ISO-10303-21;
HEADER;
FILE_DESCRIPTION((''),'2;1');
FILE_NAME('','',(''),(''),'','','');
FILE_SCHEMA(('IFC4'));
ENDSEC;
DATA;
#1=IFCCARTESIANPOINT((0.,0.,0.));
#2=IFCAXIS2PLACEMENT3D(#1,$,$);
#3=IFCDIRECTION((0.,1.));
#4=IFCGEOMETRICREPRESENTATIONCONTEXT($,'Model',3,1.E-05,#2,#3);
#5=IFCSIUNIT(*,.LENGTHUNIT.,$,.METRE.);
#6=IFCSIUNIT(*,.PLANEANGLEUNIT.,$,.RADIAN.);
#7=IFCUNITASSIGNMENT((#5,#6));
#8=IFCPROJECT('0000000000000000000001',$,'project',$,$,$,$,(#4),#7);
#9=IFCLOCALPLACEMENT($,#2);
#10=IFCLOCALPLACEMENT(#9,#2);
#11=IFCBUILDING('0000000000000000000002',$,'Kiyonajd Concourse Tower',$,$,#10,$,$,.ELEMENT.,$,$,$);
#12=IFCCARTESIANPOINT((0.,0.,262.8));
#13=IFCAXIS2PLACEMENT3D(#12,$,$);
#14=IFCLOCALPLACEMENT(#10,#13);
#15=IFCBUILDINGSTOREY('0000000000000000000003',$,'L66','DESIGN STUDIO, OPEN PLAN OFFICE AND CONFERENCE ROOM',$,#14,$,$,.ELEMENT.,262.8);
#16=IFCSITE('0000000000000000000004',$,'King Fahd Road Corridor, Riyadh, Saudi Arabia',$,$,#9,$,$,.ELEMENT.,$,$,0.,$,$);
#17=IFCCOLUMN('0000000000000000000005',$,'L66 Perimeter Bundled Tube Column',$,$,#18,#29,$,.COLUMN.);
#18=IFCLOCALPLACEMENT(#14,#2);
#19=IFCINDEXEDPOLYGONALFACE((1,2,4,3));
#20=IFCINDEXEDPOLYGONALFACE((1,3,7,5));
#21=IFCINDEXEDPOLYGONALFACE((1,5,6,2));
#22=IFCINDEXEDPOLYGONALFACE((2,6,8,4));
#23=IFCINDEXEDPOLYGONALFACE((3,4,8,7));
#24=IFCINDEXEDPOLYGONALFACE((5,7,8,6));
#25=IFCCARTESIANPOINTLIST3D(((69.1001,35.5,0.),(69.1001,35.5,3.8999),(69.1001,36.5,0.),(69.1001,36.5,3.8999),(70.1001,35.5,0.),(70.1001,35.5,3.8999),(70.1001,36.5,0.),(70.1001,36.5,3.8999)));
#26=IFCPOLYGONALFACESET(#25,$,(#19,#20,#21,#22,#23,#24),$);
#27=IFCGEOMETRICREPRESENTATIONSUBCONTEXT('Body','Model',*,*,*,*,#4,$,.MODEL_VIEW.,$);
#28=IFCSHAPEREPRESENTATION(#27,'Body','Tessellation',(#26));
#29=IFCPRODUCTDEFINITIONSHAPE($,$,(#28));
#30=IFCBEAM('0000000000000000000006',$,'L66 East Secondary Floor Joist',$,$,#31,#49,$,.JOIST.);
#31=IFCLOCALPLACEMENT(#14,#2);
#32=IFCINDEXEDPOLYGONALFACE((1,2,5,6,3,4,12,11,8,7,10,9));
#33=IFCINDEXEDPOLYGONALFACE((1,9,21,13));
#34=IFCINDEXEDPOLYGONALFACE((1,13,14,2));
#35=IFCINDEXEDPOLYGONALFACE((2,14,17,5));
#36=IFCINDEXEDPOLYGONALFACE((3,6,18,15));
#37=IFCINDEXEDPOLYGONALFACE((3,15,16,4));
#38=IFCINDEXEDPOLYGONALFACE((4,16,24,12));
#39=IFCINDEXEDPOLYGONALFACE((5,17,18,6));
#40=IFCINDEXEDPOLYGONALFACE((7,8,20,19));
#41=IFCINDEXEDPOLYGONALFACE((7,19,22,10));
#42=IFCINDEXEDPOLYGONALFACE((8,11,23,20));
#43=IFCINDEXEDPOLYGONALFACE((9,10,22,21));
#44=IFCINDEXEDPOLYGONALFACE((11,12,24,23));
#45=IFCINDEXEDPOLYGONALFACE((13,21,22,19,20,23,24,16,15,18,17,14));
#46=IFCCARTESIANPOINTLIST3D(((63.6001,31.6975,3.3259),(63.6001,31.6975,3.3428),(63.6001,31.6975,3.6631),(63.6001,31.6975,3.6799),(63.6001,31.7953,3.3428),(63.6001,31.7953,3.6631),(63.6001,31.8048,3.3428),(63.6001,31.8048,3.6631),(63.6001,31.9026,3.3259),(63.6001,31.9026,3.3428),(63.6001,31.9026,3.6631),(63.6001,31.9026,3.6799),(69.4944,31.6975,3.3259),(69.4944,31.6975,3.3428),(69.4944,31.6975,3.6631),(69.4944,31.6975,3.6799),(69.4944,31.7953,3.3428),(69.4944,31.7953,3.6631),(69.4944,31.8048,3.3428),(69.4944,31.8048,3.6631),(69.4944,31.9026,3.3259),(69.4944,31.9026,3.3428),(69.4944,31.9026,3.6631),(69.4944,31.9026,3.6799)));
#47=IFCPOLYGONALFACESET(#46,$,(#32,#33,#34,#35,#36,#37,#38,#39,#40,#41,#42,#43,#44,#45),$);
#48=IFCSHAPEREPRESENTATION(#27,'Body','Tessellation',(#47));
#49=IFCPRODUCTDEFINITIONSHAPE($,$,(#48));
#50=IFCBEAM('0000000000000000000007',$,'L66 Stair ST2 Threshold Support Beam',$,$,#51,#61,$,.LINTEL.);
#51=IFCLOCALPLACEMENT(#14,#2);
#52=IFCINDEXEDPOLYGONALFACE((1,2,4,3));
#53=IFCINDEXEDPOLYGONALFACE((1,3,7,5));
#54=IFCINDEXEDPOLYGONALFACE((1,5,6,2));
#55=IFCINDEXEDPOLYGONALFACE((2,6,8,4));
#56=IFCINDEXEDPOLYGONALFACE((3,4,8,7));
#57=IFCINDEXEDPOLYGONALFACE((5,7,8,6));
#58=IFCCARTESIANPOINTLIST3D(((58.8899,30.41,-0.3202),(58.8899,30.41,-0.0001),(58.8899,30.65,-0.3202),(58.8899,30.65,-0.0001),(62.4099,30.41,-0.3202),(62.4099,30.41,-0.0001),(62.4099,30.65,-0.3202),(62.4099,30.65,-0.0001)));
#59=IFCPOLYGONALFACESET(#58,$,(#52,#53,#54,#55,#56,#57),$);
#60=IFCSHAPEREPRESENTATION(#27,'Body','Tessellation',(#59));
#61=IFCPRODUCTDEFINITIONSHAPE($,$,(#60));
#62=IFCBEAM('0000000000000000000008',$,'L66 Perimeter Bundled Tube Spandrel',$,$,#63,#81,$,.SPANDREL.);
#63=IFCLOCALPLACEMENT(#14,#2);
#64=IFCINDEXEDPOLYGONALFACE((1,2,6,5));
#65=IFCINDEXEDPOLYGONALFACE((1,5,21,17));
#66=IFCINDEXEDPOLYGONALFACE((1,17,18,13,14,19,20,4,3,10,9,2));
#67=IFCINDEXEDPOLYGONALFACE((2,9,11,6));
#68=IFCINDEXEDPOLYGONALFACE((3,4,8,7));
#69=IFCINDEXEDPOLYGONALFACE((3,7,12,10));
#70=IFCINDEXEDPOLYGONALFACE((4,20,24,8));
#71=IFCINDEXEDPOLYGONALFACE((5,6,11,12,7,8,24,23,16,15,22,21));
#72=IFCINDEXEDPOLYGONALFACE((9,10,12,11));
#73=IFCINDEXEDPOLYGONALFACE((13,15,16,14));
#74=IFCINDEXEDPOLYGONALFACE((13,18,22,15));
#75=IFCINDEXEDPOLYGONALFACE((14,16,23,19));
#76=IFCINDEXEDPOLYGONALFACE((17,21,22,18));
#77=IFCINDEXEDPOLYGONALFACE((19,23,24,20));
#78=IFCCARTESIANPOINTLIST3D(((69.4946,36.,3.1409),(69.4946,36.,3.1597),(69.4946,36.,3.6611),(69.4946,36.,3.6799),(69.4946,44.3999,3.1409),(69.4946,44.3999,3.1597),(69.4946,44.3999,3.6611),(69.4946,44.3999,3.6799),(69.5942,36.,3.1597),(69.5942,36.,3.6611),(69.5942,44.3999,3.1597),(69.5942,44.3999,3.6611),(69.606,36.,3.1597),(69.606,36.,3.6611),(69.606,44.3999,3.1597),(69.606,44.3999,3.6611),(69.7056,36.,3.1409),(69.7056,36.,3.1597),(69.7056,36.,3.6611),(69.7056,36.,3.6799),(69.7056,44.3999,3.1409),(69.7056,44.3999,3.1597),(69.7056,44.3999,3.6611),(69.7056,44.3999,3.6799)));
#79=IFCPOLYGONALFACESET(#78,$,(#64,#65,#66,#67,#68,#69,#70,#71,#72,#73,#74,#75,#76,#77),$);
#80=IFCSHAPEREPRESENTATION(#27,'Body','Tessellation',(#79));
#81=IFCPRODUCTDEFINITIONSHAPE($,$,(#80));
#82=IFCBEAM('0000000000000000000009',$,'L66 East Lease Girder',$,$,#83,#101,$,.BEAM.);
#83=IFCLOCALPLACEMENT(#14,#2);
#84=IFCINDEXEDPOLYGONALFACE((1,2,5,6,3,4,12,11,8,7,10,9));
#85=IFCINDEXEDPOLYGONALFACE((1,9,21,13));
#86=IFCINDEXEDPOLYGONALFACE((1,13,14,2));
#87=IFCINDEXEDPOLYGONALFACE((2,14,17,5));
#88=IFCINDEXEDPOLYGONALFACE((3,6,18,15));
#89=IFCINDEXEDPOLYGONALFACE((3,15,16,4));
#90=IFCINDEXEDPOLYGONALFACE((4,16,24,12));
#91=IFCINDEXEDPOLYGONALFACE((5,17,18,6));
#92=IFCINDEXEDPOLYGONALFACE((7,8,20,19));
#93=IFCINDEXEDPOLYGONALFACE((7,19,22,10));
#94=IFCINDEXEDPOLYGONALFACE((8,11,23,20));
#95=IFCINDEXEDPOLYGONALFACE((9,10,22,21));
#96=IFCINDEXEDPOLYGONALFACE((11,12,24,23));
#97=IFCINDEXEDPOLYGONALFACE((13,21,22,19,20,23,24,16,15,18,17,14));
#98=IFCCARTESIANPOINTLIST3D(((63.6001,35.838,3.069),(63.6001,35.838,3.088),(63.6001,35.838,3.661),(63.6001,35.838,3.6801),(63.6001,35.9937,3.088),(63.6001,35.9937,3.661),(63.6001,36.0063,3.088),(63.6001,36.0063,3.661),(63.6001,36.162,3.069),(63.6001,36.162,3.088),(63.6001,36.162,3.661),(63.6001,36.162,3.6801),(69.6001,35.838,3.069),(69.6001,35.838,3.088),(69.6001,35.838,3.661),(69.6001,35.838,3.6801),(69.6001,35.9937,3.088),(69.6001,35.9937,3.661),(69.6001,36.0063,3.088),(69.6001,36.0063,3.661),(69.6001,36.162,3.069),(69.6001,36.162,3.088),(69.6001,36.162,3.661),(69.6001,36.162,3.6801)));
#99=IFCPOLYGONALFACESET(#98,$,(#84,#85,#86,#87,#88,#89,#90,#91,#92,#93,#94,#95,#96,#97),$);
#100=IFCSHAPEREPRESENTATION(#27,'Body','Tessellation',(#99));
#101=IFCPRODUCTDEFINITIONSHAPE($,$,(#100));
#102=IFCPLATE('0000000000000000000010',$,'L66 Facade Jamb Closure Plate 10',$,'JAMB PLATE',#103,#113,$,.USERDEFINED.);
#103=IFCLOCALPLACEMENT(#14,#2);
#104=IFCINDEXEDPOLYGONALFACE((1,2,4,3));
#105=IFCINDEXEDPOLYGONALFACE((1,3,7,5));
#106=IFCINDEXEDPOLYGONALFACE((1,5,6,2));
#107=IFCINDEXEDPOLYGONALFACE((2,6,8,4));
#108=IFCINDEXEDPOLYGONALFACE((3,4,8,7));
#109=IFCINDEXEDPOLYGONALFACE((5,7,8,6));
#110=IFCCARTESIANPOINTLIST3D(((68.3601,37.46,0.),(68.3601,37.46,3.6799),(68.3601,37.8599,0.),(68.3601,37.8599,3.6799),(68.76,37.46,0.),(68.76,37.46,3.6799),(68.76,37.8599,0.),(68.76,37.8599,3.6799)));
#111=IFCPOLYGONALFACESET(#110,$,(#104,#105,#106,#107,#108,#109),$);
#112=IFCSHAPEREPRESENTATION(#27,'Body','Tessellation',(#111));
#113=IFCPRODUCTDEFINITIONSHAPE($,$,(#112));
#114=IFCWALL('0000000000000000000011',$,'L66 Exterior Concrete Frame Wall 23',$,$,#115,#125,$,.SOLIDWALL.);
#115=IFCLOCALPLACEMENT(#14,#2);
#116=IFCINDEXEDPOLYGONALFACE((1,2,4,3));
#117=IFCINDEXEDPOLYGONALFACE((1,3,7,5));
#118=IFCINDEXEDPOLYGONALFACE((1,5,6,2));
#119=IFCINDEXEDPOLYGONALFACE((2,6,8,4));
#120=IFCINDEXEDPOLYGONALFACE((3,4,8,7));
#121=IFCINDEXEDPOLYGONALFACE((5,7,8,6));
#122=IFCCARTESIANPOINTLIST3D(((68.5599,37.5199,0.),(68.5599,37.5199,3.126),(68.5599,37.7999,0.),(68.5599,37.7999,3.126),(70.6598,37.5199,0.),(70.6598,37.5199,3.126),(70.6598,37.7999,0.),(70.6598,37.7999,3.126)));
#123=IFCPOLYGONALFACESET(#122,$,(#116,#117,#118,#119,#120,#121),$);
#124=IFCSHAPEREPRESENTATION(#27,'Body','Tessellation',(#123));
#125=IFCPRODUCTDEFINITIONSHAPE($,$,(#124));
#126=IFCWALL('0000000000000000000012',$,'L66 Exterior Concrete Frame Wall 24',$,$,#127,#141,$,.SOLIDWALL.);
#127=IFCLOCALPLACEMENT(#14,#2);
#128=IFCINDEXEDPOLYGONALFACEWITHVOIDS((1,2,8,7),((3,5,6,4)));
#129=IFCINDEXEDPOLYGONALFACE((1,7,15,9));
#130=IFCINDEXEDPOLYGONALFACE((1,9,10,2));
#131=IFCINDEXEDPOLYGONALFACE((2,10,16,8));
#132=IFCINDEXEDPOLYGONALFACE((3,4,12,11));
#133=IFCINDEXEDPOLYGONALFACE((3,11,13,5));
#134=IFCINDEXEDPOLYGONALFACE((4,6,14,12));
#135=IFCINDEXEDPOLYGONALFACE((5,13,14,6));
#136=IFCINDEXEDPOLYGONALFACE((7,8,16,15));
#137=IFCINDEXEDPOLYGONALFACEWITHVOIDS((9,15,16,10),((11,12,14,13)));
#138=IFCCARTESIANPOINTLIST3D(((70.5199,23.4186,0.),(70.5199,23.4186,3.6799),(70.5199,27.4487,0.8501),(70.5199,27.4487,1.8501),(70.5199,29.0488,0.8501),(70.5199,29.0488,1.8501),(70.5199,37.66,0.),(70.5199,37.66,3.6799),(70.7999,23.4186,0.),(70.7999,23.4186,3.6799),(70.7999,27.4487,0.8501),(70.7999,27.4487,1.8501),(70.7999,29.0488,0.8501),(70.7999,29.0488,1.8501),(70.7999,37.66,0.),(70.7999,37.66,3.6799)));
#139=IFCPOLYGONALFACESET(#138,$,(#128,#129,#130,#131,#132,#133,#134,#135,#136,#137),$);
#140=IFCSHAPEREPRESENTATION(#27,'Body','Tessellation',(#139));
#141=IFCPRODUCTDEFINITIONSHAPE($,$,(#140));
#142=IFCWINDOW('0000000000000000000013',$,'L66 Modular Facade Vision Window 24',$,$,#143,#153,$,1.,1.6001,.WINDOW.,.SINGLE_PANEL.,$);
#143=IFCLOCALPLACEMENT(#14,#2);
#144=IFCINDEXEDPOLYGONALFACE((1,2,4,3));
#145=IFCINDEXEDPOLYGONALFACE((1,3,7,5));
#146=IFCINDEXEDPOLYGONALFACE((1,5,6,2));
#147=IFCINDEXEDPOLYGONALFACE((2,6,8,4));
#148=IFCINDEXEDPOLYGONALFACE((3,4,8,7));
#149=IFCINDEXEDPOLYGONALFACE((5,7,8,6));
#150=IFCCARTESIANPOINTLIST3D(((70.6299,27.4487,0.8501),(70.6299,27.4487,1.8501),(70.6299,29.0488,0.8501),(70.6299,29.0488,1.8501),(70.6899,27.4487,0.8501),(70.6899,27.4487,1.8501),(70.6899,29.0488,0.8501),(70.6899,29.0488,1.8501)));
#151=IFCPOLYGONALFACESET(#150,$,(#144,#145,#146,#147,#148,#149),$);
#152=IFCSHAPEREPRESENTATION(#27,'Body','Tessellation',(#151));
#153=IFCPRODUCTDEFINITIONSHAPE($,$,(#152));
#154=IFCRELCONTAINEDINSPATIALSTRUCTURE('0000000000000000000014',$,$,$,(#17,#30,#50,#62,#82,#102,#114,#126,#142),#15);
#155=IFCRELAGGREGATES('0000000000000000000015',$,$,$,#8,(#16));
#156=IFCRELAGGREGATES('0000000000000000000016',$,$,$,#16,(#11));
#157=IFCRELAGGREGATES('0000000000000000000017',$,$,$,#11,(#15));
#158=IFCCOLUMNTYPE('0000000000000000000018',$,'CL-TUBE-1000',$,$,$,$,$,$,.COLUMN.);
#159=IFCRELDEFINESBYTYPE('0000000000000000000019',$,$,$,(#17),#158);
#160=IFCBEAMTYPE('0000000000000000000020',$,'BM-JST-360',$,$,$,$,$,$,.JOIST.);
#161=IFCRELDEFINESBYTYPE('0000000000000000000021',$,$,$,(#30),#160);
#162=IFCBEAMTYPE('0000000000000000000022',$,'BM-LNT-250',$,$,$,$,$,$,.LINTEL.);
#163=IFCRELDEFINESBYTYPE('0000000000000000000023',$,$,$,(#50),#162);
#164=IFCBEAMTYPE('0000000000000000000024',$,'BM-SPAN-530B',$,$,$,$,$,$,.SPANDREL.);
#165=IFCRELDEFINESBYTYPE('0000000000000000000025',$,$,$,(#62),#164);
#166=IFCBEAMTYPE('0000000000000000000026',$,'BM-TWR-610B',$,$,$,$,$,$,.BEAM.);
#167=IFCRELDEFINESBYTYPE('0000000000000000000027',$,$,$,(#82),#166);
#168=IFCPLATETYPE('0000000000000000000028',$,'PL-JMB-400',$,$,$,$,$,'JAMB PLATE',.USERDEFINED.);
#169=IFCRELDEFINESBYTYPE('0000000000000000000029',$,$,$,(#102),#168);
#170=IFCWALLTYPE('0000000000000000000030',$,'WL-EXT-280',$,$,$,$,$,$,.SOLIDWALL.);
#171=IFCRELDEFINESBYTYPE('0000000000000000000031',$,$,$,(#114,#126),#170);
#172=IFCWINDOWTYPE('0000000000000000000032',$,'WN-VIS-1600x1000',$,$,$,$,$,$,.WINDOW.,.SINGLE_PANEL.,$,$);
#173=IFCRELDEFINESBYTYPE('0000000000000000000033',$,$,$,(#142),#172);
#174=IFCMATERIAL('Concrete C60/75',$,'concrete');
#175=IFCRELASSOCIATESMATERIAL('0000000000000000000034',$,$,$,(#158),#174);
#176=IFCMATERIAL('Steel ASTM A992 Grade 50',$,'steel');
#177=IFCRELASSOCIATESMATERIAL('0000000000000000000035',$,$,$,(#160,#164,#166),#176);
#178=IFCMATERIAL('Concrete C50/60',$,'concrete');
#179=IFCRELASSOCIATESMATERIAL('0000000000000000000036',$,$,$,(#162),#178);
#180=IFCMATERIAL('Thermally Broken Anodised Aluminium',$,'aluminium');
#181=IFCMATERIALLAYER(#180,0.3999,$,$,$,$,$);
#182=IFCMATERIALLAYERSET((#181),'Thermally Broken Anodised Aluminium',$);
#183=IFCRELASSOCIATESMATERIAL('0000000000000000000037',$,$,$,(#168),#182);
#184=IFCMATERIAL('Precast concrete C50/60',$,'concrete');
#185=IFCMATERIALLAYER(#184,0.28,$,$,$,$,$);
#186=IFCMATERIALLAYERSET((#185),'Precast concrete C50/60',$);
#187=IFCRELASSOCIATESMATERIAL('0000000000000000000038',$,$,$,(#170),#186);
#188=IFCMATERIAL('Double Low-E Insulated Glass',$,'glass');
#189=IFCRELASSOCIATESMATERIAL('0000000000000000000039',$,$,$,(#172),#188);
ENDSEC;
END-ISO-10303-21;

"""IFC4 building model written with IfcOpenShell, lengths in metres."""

from ifc_helpers import new_model, si_unit, direction, frame, frame_2d, origin, origin_2d, place, context, subcontext, project, spatial, rectangle, i_section, extrude, material, layer, layer_set, material_profile, profile_set, type_object, element, fill, save


model = new_model("IFC4")

# Units and contexts
model_context = context("Model", 3, precision=1e-05, world=origin(), true_north=direction((0.0, 1.0)))
body_context = subcontext(model_context, "Body", "Model", "MODEL_VIEW")
ifc_project = project(units=[si_unit("LENGTHUNIT", "METRE"), si_unit("PLANEANGLEUNIT", "RADIAN")], contexts=[model_context])

# Site, building, storey
site_placement = place(None, origin())
site = spatial("IfcSite", under=ifc_project, at=site_placement, Name="King Fahd Road Corridor, Riyadh, Saudi Arabia", CompositionType="ELEMENT", RefElevation=0.0)
building_placement = place(site_placement, origin())
building = spatial("IfcBuilding", under=site, at=building_placement, Name="Kiyonajd Concourse Tower", CompositionType="ELEMENT")
storey_placement = place(building_placement, frame((0.0, 0.0, 262.8)))
storey = spatial("IfcBuildingStorey", under=building, at=storey_placement, Name="L66", Description="DESIGN STUDIO, OPEN PLAN OFFICE AND CONFERENCE ROOM", CompositionType="ELEMENT", Elevation=262.8)

# Column
ifc_material_1 = material(Name="Concrete C60/75", Category="concrete")
ifc_material_profile_1 = material_profile(ifc_material_1, rectangle(XDim=1.0, YDim=1.0, at=origin_2d()), Name="RC-1000x1000")
ifc_profile_set_1 = profile_set([ifc_material_profile_1], Name="Concrete C60/75")
column_type = type_object("IfcColumnType", Name="CL-TUBE-1000", PredefinedType="COLUMN", material=ifc_profile_set_1)
column_placement = place(storey_placement, frame((69.6001, 36.0, 0.0), z_axis=(0.0, 0.0, 1.0), x_axis=(1.0, 0.0, 0.0)))
element("IfcColumn", 1, at=column_placement, inside=storey, type_object=column_type, Name="L66 Perimeter Bundled Tube Column", PredefinedType="COLUMN", context=body_context, shape_type="SweptSolid", body=[
    extrude(rectangle(XDim=1.0, YDim=1.0, at=origin_2d()), origin(), (0.0, 0.0, 1.0), 3.8999),
])

# Beams
ifc_material_2 = material(Name="Steel ASTM A992 Grade 50", Category="steel")
ifc_material_profile_2 = material_profile(ifc_material_2, i_section(OverallWidth=0.2051, OverallDepth=0.354, WebThickness=0.0095, FlangeThickness=0.0168, at=origin_2d()), Name="W360X79")
ifc_profile_set_2 = profile_set([ifc_material_profile_2], Name="Steel ASTM A992 Grade 50")
beam_type_1 = type_object("IfcBeamType", Name="BM-JST-360", PredefinedType="JOIST", material=ifc_profile_set_2)
beam_1_placement = place(storey_placement, frame((63.6001, 31.8, 3.5029), z_axis=(1.0, 0.0, 0.0), x_axis=(0.0, 1.0, 0.0)))
element("IfcBeam", 2, at=beam_1_placement, inside=storey, type_object=beam_type_1, Name="L66 East Secondary Floor Joist", PredefinedType="JOIST", context=body_context, shape_type="SweptSolid", body=[
    extrude(i_section(OverallWidth=0.2051, OverallDepth=0.354, WebThickness=0.0095, FlangeThickness=0.0168, at=origin_2d()), origin(), (0.0, 0.0, 1.0), 5.8943),
])
ifc_material_3 = material(Name="Concrete C50/60", Category="concrete")
ifc_material_profile_3 = material_profile(ifc_material_3, rectangle(XDim=0.24, YDim=0.3201, at=origin_2d()), Name="RCBM-240x320")
ifc_profile_set_3 = profile_set([ifc_material_profile_3], Name="Concrete C50/60")
beam_type_2 = type_object("IfcBeamType", Name="BM-LNT-250", PredefinedType="LINTEL", material=ifc_profile_set_3)
beam_2_placement = place(storey_placement, frame((58.8899, 30.53, -0.1602), z_axis=(1.0, 0.0, 0.0), x_axis=(0.0, 1.0, 0.0)))
element("IfcBeam", 3, at=beam_2_placement, inside=storey, type_object=beam_type_2, Name="L66 Stair ST2 Threshold Support Beam", PredefinedType="LINTEL", context=body_context, shape_type="SweptSolid", body=[
    extrude(rectangle(XDim=0.24, YDim=0.3201, at=origin_2d()), origin(), (0.0, 0.0, 1.0), 3.52),
])
ifc_material_profile_4 = material_profile(ifc_material_2, i_section(OverallWidth=0.2109, OverallDepth=0.5391, WebThickness=0.0117, FlangeThickness=0.0188, at=origin_2d()), Name="W530X109")
ifc_profile_set_4 = profile_set([ifc_material_profile_4], Name="Steel ASTM A992 Grade 50")
beam_type_3 = type_object("IfcBeamType", Name="BM-SPAN-530B", PredefinedType="SPANDREL", material=ifc_profile_set_4)
beam_3_placement = place(storey_placement, frame((69.6001, 36.0, 3.4104), z_axis=(0.0, 1.0, 0.0), x_axis=(-1.0, 0.0, 0.0)))
element("IfcBeam", 4, at=beam_3_placement, inside=storey, type_object=beam_type_3, Name="L66 Perimeter Bundled Tube Spandrel", PredefinedType="SPANDREL", context=body_context, shape_type="SweptSolid", body=[
    extrude(i_section(OverallWidth=0.2109, OverallDepth=0.5391, WebThickness=0.0117, FlangeThickness=0.0188, at=origin_2d()), origin(), (0.0, 0.0, 1.0), 8.3999),
])
ifc_material_profile_5 = material_profile(ifc_material_2, i_section(OverallWidth=0.324, OverallDepth=0.6111, WebThickness=0.0127, FlangeThickness=0.019, at=origin_2d()), Name="W610X155")
ifc_profile_set_5 = profile_set([ifc_material_profile_5], Name="Steel ASTM A992 Grade 50")
beam_type_4 = type_object("IfcBeamType", Name="BM-TWR-610B", PredefinedType="BEAM", material=ifc_profile_set_5)
beam_4_placement = place(storey_placement, frame((63.6001, 36.0, 3.3745), z_axis=(1.0, 0.0, 0.0), x_axis=(0.0, 1.0, 0.0)))
element("IfcBeam", 5, at=beam_4_placement, inside=storey, type_object=beam_type_4, Name="L66 East Lease Girder", PredefinedType="BEAM", context=body_context, shape_type="SweptSolid", body=[
    extrude(i_section(OverallWidth=0.324, OverallDepth=0.6111, WebThickness=0.0127, FlangeThickness=0.019, at=origin_2d()), origin(), (0.0, 0.0, 1.0), 6.0),
])

# Plate
ifc_material_4 = material(Name="Thermally Broken Anodised Aluminium", Category="aluminium")
ifc_layer_1 = layer(ifc_material_4, 0.3999)
ifc_layer_set_1 = layer_set([ifc_layer_1], Name="Thermally Broken Anodised Aluminium")
plate_type = type_object("IfcPlateType", Name="PL-JMB-400", ElementType="JAMB PLATE", PredefinedType="USERDEFINED", material=ifc_layer_set_1)
plate_placement = place(storey_placement, frame((68.5601, 37.6599, 0.0), z_axis=(0.0, 0.0, 1.0), x_axis=(1.0, 0.0, 0.0)))
element("IfcPlate", 6, at=plate_placement, inside=storey, type_object=plate_type, Name="L66 Facade Jamb Closure Plate 10", ObjectType="JAMB PLATE", PredefinedType="USERDEFINED", context=body_context, shape_type="SweptSolid", body=[
    extrude(rectangle(XDim=0.3999, YDim=0.3999, at=origin_2d()), origin(), (0.0, 0.0, 1.0), 3.6799),
])

# Wall
ifc_material_5 = material(Name="Precast concrete C50/60", Category="concrete")
ifc_layer_2 = layer(ifc_material_5, 0.28)
ifc_layer_set_2 = layer_set([ifc_layer_2], Name="Precast concrete C50/60")
wall_type_1 = type_object("IfcWallType", Name="WL-EXT-280", PredefinedType="SOLIDWALL", material=ifc_layer_set_2)
wall_1_placement = place(storey_placement, frame((68.5601, 37.6599, 0.0), z_axis=(0.0, 0.0, 1.0), x_axis=(1.0, 0.0, 0.0)))
element("IfcWall", 7, at=wall_1_placement, inside=storey, type_object=wall_type_1, Name="L66 Exterior Concrete Frame Wall 23", PredefinedType="SOLIDWALL", context=body_context, shape_type="SweptSolid", body=[
    extrude(rectangle(XDim=2.0999, YDim=0.28, at=frame_2d((1.0498, 0.0))), origin(), (0.0, 0.0, 1.0), 3.126),
])

# Wall, opening, window
wall_2_placement = place(storey_placement, frame((70.6599, 37.6599, 0.0), z_axis=(0.0, 0.0, 1.0), x_axis=(0.0, -1.0, 0.0)))
wall_2 = element("IfcWall", 8, at=wall_2_placement, inside=storey, type_object=wall_type_1, Name="L66 Exterior Concrete Frame Wall 24", PredefinedType="SOLIDWALL", context=body_context, shape_type="SweptSolid", body=[
    extrude(rectangle(XDim=14.2415, YDim=0.28, at=frame_2d((7.1206, 0.0))), origin(), (0.0, 0.0, 1.0), 3.6799),
])
opening_1_placement = place(wall_2_placement, frame((8.6111, 0.0, 0.8501)))
opening_1 = element("IfcOpeningElement", 9, at=opening_1_placement, cuts=wall_2, PredefinedType="OPENING", context=body_context, shape_type="SweptSolid", body=[
    extrude(rectangle(XDim=1.6001, YDim=1.0, at=frame_2d((0.8, 0.5))), frame((0.0, 0.1499, 0.0), z_axis=(0.0, -1.0, 0.0), x_axis=(1.0, 0.0, 0.0)), (0.0, 0.0, 1.0), 0.3),
])
ifc_material_6 = material(Name="Double Low-E Insulated Glass", Category="glass")
window_type = type_object("IfcWindowType", Name="WN-VIS-1600x1000", PartitioningType="SINGLE_PANEL", PredefinedType="WINDOW", material=ifc_material_6)
window_placement = place(opening_1_placement, origin())
window = element("IfcWindow", 10, at=window_placement, inside=storey, type_object=window_type, Name="L66 Modular Facade Vision Window 24", OverallHeight=1.0, OverallWidth=1.6001, PartitioningType="SINGLE_PANEL", PredefinedType="WINDOW", context=body_context, shape_type="SweptSolid", body=[
    extrude(rectangle(XDim=1.6001, YDim=1.0, at=frame_2d((0.8, 0.5))), frame((0.0, 0.03, 0.0), z_axis=(0.0, -1.0, 0.0), x_axis=(1.0, 0.0, 0.0)), (0.0, 0.0, 1.0), 0.0601),
])
fill(opening_1, window)

save(model, "model.ifc")
